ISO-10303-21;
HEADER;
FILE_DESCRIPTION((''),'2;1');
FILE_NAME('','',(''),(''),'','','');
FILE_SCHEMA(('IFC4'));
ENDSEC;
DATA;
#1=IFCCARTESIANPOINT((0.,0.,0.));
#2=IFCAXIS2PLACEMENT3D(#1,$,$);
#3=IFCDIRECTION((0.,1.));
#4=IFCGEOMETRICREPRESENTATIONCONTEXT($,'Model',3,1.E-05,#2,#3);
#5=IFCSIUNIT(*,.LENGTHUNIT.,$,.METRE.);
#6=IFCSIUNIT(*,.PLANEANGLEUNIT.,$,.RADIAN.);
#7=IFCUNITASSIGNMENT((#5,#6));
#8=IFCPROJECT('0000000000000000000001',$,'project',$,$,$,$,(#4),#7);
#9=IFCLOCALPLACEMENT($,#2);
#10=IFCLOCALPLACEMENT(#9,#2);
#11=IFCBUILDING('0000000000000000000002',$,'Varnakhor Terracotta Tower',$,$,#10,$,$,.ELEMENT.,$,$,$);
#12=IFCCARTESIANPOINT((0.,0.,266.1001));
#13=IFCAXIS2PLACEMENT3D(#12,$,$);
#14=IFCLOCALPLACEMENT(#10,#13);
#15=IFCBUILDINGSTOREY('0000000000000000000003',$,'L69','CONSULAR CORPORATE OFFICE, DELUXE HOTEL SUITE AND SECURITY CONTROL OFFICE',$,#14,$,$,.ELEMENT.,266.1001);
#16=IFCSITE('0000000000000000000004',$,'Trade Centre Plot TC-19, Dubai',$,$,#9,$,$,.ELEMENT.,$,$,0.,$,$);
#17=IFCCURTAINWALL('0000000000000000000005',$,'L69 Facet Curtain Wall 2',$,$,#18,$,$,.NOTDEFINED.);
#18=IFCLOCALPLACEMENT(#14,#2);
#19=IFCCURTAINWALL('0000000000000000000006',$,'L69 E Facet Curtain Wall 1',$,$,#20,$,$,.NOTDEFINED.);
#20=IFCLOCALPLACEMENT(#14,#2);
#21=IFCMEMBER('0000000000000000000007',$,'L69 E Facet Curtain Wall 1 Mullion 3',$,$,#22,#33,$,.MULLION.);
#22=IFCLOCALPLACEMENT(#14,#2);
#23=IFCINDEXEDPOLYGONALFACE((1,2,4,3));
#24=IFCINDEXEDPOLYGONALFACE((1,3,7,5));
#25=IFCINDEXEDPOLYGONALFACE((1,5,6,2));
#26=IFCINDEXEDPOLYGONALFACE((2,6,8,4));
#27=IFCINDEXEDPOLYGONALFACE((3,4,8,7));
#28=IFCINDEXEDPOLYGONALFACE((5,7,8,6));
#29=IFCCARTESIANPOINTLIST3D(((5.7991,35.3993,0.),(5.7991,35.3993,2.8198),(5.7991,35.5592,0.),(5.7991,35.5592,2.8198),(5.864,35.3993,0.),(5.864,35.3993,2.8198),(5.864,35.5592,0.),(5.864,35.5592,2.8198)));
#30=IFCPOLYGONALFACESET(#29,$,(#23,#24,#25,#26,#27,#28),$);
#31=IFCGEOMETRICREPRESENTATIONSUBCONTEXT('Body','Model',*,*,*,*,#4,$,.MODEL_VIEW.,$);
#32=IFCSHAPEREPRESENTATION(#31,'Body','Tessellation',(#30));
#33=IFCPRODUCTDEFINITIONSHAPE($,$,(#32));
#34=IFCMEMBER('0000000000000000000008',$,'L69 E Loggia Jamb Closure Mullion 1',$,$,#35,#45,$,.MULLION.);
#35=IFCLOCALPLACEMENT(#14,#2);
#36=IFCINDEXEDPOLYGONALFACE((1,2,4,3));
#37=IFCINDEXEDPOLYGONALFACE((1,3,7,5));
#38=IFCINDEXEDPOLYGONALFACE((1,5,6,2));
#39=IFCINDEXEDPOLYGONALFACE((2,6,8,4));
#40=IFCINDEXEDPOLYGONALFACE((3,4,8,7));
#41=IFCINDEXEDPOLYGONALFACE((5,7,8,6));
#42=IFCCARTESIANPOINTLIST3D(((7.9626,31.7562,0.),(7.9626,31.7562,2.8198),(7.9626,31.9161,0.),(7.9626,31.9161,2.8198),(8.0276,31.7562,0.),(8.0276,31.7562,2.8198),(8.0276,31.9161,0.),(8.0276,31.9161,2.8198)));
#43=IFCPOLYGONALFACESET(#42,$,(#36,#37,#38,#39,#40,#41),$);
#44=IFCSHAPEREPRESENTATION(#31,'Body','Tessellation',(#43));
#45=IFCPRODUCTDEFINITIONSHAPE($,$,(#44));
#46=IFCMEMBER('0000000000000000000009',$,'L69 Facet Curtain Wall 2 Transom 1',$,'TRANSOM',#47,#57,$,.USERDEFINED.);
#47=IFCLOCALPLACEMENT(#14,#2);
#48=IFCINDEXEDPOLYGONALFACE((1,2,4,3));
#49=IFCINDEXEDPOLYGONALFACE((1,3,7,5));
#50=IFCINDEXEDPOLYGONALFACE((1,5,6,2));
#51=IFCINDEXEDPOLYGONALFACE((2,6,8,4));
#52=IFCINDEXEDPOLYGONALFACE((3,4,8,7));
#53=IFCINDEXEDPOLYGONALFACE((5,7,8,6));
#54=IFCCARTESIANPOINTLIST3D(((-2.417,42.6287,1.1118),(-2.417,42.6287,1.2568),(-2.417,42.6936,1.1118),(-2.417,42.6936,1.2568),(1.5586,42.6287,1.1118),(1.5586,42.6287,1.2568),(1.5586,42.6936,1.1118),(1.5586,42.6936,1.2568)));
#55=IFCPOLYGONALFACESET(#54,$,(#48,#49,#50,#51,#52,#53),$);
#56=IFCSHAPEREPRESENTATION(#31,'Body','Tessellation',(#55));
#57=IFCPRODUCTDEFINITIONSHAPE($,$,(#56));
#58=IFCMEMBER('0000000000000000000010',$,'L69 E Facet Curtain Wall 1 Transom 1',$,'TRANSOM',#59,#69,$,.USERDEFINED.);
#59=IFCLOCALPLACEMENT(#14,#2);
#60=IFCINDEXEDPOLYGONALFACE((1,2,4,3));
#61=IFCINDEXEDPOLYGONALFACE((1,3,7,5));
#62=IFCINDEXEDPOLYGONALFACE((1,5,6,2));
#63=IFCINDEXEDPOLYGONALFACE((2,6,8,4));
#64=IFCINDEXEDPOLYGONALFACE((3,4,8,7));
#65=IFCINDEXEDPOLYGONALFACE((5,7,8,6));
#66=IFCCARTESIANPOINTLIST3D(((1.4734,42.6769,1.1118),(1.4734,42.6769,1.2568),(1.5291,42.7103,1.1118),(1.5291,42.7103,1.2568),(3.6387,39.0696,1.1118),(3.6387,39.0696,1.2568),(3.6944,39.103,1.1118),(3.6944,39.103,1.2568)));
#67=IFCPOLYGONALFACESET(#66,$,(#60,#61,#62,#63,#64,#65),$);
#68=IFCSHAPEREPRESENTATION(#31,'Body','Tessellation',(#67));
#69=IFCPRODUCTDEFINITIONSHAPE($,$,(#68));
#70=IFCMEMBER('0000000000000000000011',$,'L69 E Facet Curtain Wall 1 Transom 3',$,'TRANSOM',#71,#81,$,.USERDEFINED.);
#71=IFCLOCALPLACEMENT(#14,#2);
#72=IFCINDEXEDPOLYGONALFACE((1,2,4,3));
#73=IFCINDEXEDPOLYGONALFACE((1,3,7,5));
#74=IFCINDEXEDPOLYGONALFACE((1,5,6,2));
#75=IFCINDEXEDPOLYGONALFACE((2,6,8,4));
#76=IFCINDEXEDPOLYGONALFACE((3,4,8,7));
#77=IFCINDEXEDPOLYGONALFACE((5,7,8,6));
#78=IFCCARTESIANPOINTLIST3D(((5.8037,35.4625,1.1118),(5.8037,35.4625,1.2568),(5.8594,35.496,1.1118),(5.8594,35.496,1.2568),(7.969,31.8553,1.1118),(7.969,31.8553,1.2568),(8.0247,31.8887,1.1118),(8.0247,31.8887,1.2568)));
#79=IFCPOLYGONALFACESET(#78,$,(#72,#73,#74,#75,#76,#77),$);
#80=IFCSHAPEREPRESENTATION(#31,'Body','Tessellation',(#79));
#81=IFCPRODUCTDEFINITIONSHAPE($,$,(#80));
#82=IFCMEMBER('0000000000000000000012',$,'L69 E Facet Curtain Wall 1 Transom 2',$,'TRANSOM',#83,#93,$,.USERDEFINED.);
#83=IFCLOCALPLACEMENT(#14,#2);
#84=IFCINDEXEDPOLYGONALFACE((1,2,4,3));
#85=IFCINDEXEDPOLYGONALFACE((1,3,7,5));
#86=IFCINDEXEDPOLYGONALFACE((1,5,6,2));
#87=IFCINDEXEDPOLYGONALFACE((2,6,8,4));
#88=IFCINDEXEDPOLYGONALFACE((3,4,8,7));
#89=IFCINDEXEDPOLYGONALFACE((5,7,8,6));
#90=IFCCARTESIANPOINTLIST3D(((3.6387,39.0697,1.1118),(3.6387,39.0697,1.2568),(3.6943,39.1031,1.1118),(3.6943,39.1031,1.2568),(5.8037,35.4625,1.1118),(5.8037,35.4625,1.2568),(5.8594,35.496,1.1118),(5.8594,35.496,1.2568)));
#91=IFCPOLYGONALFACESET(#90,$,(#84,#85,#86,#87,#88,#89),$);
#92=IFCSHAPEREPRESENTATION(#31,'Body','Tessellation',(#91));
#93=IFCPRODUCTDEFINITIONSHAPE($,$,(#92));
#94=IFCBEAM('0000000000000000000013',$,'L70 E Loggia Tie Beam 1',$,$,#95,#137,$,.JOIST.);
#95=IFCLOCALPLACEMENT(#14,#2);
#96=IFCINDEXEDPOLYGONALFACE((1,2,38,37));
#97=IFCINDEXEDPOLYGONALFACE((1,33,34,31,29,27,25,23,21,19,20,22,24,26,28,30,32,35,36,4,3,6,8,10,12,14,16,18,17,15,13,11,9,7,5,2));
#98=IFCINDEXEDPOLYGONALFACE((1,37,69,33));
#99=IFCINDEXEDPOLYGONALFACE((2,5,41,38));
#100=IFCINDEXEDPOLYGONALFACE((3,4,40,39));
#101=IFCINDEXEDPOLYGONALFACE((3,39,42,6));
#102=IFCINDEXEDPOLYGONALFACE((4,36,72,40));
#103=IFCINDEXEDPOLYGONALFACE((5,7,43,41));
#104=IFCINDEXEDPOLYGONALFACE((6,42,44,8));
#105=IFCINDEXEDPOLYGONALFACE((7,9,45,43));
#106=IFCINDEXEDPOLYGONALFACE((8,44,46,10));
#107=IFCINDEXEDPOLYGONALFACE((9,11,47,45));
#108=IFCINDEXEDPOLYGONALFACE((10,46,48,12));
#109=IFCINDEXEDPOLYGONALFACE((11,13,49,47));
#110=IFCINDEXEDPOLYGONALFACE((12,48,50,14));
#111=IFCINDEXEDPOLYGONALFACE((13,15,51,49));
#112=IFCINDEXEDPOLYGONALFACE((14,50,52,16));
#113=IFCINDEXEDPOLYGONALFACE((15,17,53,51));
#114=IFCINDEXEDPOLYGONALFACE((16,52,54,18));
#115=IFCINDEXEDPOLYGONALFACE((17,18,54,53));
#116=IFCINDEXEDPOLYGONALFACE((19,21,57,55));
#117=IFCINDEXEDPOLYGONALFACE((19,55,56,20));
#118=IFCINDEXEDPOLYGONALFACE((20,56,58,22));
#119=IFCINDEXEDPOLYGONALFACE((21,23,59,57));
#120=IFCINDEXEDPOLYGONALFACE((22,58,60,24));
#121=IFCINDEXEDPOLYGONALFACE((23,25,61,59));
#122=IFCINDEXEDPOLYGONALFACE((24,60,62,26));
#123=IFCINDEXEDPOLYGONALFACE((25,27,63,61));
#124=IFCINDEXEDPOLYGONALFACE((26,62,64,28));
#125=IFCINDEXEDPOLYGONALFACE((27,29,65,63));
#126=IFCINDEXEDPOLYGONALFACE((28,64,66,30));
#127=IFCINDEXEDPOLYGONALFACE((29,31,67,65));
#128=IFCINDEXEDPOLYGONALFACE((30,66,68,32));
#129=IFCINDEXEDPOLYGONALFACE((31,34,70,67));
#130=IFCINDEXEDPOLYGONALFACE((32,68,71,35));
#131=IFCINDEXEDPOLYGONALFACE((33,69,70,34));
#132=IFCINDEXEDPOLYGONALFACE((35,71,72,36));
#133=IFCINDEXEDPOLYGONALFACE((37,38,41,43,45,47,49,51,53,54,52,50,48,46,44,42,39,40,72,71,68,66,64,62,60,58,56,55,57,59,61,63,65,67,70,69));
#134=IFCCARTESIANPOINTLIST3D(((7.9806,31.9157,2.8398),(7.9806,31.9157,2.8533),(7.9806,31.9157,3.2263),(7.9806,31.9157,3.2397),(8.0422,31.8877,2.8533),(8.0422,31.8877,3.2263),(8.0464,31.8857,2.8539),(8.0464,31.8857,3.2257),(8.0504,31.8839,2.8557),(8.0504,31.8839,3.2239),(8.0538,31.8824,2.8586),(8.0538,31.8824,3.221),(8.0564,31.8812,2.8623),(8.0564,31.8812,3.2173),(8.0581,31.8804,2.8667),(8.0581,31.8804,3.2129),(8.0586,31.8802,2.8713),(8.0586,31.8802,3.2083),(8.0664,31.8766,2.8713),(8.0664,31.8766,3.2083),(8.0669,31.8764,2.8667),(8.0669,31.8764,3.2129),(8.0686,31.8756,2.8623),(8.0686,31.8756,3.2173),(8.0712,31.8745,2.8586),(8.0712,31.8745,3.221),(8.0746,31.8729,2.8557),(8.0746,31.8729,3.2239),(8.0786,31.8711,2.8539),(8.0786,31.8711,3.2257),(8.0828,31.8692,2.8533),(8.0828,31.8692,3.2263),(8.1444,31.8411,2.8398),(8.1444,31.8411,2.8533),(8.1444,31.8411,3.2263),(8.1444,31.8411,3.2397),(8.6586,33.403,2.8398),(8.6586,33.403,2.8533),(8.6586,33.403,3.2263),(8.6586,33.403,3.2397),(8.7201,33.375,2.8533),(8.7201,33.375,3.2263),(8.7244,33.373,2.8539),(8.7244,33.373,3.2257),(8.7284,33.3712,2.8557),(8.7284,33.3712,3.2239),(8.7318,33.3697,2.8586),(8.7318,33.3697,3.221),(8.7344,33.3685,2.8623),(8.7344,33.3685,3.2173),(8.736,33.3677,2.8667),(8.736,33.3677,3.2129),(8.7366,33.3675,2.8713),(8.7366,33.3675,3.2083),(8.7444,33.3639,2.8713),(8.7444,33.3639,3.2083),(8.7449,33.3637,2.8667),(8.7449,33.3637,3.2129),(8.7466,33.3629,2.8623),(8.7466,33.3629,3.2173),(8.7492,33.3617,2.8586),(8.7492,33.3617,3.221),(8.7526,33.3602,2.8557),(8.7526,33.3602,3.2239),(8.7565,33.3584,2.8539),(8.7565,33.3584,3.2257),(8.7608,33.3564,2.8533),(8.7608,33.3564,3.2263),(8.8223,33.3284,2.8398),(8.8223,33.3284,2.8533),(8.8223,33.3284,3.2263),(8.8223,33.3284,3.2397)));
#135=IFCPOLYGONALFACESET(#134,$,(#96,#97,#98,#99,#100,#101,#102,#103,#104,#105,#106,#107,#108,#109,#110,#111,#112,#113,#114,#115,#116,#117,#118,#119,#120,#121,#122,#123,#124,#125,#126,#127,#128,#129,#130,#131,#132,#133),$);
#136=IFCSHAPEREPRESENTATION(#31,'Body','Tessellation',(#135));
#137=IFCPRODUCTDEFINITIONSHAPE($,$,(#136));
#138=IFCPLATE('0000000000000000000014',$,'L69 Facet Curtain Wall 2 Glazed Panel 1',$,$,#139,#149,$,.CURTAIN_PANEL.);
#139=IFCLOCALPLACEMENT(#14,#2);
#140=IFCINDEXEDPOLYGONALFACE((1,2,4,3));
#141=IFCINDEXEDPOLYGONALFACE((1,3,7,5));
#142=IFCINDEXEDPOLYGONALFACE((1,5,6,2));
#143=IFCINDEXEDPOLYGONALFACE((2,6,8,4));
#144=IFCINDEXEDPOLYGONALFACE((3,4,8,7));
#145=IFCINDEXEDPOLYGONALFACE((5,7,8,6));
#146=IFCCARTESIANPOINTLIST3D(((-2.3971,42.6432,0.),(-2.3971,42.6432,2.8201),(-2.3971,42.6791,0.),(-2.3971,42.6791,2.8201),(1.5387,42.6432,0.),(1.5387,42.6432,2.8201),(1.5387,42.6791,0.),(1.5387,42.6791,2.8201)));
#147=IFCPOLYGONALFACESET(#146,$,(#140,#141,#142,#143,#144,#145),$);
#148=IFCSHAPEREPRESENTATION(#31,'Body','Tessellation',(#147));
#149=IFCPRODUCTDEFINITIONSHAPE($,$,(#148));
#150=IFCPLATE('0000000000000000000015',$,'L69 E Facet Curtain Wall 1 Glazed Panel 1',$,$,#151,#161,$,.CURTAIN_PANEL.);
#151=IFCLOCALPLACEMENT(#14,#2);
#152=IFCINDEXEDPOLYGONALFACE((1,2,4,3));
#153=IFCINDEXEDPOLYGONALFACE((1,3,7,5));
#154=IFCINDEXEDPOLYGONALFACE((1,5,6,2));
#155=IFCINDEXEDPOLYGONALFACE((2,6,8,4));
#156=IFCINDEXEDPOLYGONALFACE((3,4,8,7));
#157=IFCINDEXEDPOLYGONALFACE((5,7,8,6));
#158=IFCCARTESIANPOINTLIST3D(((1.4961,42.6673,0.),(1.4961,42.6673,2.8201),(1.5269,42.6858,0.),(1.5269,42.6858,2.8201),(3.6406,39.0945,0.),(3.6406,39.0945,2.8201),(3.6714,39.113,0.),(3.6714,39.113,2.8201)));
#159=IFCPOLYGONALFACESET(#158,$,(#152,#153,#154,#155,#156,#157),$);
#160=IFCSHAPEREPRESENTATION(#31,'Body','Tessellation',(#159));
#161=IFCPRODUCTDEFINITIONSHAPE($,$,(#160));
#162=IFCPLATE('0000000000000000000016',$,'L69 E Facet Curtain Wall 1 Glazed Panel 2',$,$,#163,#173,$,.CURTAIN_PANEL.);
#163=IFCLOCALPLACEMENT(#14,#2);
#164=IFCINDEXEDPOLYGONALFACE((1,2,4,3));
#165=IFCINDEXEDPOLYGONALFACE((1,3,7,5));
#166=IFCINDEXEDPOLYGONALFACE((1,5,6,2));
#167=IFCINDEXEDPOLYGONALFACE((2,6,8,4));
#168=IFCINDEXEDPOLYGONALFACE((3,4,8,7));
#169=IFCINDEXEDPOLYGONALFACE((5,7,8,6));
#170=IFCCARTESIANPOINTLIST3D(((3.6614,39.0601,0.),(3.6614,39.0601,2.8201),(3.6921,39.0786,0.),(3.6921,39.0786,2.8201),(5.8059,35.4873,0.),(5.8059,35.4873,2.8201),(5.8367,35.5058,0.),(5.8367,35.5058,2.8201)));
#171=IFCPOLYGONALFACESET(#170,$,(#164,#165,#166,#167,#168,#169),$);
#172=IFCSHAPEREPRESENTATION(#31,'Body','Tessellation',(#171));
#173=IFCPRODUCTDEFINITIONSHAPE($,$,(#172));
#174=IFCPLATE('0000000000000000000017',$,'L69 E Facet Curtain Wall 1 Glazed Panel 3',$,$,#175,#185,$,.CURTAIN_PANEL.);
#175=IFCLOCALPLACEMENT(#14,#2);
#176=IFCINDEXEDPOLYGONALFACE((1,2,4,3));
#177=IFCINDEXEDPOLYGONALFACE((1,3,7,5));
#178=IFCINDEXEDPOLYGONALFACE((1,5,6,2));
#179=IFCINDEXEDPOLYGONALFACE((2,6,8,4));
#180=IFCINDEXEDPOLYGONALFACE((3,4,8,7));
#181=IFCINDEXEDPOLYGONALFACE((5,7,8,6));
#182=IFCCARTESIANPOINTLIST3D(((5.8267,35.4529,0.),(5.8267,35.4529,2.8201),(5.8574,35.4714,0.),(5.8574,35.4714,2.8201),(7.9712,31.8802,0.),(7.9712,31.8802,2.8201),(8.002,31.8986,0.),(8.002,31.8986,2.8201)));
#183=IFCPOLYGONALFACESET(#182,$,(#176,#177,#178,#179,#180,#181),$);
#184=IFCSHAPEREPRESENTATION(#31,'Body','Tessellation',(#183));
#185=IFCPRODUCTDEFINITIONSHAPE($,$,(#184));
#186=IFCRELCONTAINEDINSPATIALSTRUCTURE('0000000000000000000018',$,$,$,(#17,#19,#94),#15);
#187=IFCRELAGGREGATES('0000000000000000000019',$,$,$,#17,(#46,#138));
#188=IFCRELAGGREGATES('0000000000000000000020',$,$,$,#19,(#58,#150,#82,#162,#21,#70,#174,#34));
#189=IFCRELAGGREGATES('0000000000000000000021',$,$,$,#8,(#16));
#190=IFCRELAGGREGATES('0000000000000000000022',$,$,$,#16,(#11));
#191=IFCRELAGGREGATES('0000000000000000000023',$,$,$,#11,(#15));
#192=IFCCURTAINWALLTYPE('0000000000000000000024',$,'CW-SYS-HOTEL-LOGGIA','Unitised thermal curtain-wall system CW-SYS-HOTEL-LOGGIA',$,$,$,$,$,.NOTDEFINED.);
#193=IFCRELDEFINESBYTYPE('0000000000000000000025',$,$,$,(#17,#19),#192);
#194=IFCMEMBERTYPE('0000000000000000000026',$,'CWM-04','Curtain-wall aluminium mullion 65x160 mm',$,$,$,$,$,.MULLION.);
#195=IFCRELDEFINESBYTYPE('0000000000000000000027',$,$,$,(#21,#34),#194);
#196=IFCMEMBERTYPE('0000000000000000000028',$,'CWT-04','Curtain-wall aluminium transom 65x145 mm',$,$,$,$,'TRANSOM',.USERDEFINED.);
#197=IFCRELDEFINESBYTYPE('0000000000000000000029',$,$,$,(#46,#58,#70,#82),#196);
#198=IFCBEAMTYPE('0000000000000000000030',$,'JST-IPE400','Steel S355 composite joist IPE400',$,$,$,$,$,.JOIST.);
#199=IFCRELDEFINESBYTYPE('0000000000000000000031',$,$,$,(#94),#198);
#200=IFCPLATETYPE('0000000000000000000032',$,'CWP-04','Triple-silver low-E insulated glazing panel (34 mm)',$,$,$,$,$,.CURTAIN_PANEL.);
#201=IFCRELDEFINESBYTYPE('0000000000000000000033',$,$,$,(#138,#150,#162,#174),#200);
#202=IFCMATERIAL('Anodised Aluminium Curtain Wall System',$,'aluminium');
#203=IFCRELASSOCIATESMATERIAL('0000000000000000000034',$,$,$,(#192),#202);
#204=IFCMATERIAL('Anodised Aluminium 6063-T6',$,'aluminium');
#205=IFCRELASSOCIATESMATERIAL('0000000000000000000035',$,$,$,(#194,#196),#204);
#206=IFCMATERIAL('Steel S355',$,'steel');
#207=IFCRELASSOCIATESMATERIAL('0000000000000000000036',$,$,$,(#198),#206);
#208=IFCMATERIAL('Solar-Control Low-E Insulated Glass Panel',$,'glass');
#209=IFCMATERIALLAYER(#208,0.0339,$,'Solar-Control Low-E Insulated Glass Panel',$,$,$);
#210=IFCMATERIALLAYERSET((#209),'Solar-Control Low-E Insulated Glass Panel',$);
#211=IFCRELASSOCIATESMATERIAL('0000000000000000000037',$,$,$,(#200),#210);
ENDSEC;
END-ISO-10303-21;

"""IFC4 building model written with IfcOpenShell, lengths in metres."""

from ifc_helpers import new_model, si_unit, direction, frame, origin, origin_2d, place, context, subcontext, project, spatial, rectangle, i_section, extrude, source, transform, mapped, material, layer, layer_set, material_profile, profile_set, type_object, element, aggregate, save


model = new_model("IFC4")

# Units and contexts
model_context = context("Model", 3, precision=1e-05, world=origin(), true_north=direction((0.0, 1.0)))
body_context = subcontext(model_context, "Body", "Model", "MODEL_VIEW")
ifc_project = project(units=[si_unit("LENGTHUNIT", "METRE"), si_unit("PLANEANGLEUNIT", "RADIAN")], contexts=[model_context])

# Site, building, storey
site_placement = place(None, origin())
site = spatial("IfcSite", under=ifc_project, at=site_placement, Name="Trade Centre Plot TC-19, Dubai", CompositionType="ELEMENT", RefElevation=0.0)
building_placement = place(site_placement, origin())
building = spatial("IfcBuilding", under=site, at=building_placement, Name="Varnakhor Terracotta Tower", CompositionType="ELEMENT")
storey_placement = place(building_placement, frame((0.0, 0.0, 266.1001)))
storey = spatial("IfcBuildingStorey", under=building, at=storey_placement, Name="L69", Description="CONSULAR CORPORATE OFFICE, DELUXE HOTEL SUITE AND SECURITY CONTROL OFFICE", CompositionType="ELEMENT", Elevation=266.1001)

# Shared definitions
ifc_material_1 = material(Name="Steel S355", Category="steel")

# Curtain wall
ifc_material_2 = material(Name="Anodised Aluminium Curtain Wall System", Category="aluminium")
curtain_wall_type = type_object("IfcCurtainWallType", Name="CW-SYS-HOTEL-LOGGIA", Description="Unitised thermal curtain-wall system CW-SYS-HOTEL-LOGGIA", PredefinedType="NOTDEFINED", material=ifc_material_2)
curtain_wall_1_placement = place(storey_placement, origin())
curtain_wall_1 = element("IfcCurtainWall", 1, at=curtain_wall_1_placement, inside=storey, type_object=curtain_wall_type, Name="L69 Facet Curtain Wall 2", PredefinedType="NOTDEFINED")
ifc_material_3 = material(Name="Anodised Aluminium 6063-T6", Category="aluminium")
ifc_material_profile_1 = material_profile(ifc_material_3, rectangle(XDim=0.0649, YDim=0.1599, at=origin_2d()), Name="ALU MULLION 65x160")
ifc_profile_set_1 = profile_set([ifc_material_profile_1], Name="Anodised Aluminium 6063-T6")
member_type_1 = type_object("IfcMemberType", Name="CWM-04", Description="Curtain-wall aluminium mullion 65x160 mm", PredefinedType="MULLION", material=ifc_profile_set_1)
shared_shape_1 = source(origin(), body_context, "Body", "SweptSolid", [
    extrude(rectangle(XDim=0.0649, YDim=0.1599, at=origin_2d()), origin(), (0.0, 0.0, 1.0), 2.8198),
])

# Curtain wall, members
curtain_wall_2_placement = place(storey_placement, origin())
curtain_wall_2 = element("IfcCurtainWall", 2, at=curtain_wall_2_placement, inside=storey, type_object=curtain_wall_type, Name="L69 E Facet Curtain Wall 1", PredefinedType="NOTDEFINED")
member_1_placement = place(storey_placement, frame((5.8315, 35.4792, 0.0), z_axis=(0.0, 0.0, 1.0), x_axis=(1.0, 0.0, 0.0)))
member_1 = element("IfcMember", 3, at=member_1_placement, type_object=member_type_1, Name="L69 E Facet Curtain Wall 1 Mullion 3", PredefinedType="MULLION", context=body_context, shape_type="MappedRepresentation", body=[
    mapped(shared_shape_1, transform((0.0, 0.0, 0.0), scale=1.0)),
])
member_2_placement = place(storey_placement, frame((7.9951, 31.8362, 0.0), z_axis=(0.0, 0.0, 1.0), x_axis=(1.0, 0.0, 0.0)))
member_2 = element("IfcMember", 4, at=member_2_placement, type_object=member_type_1, Name="L69 E Loggia Jamb Closure Mullion 1", PredefinedType="MULLION", context=body_context, shape_type="MappedRepresentation", body=[
    mapped(shared_shape_1, transform((0.0, 0.0, 0.0), scale=1.0)),
])

# Members
ifc_material_profile_2 = material_profile(ifc_material_3, rectangle(XDim=0.0649, YDim=0.145, at=origin_2d()), Name="ALU TRANSOM 65x145")
ifc_profile_set_2 = profile_set([ifc_material_profile_2], Name="Anodised Aluminium 6063-T6")
member_type_2 = type_object("IfcMemberType", Name="CWT-04", Description="Curtain-wall aluminium transom 65x145 mm", ElementType="TRANSOM", PredefinedType="USERDEFINED", material=ifc_profile_set_2)
shared_shape_2 = source(origin(), body_context, "Body", "SweptSolid", [
    extrude(rectangle(XDim=0.0649, YDim=0.145, at=origin_2d()), origin(), (0.0, 0.0, 1.0), 3.9756),
])
member_3_placement = place(storey_placement, frame((-2.417, 42.6611, 1.1843), z_axis=(1.0, 0.0, 0.0), x_axis=(0.0, 1.0, 0.0)))
member_3 = element("IfcMember", 5, at=member_3_placement, type_object=member_type_2, Name="L69 Facet Curtain Wall 2 Transom 1", ObjectType="TRANSOM", PredefinedType="USERDEFINED", context=body_context, shape_type="MappedRepresentation", body=[
    mapped(shared_shape_2, transform((0.0, 0.0, 0.0), scale=1.0)),
])
shared_shape_3 = source(origin(), body_context, "Body", "SweptSolid", [
    extrude(rectangle(XDim=0.0649, YDim=0.145, at=origin_2d()), origin(), (0.0, 0.0, 1.0), 4.2073),
])
member_4_placement = place(storey_placement, frame((1.5012, 42.6936, 1.1843), z_axis=(0.514666, -0.857391, 0.0), x_axis=(0.857391, 0.514666, 0.0)))
member_4 = element("IfcMember", 6, at=member_4_placement, type_object=member_type_2, Name="L69 E Facet Curtain Wall 1 Transom 1", ObjectType="TRANSOM", PredefinedType="USERDEFINED", context=body_context, shape_type="MappedRepresentation", body=[
    mapped(shared_shape_3, transform((0.0, 0.0, 0.0), scale=1.0)),
])
member_5_placement = place(storey_placement, frame((5.8315, 35.4792, 1.1843), z_axis=(0.514666, -0.857391, 0.0), x_axis=(0.857391, 0.514666, 0.0)))
member_5 = element("IfcMember", 7, at=member_5_placement, type_object=member_type_2, Name="L69 E Facet Curtain Wall 1 Transom 3", ObjectType="TRANSOM", PredefinedType="USERDEFINED", context=body_context, shape_type="MappedRepresentation", body=[
    mapped(shared_shape_3, transform((0.0, 0.0, 0.0), scale=1.0)),
])
shared_shape_4 = source(origin(), body_context, "Body", "SweptSolid", [
    extrude(rectangle(XDim=0.0649, YDim=0.145, at=origin_2d()), origin(), (0.0, 0.0, 1.0), 4.207),
])
member_6_placement = place(storey_placement, frame((3.6665, 39.0864, 1.1843), z_axis=(0.514624, -0.857416, 0.0), x_axis=(0.857416, 0.514624, 0.0)))
member_6 = element("IfcMember", 8, at=member_6_placement, type_object=member_type_2, Name="L69 E Facet Curtain Wall 1 Transom 2", ObjectType="TRANSOM", PredefinedType="USERDEFINED", context=body_context, shape_type="MappedRepresentation", body=[
    mapped(shared_shape_4, transform((0.0, 0.0, 0.0), scale=1.0)),
])

# Beam
ifc_material_profile_3 = material_profile(ifc_material_1, i_section(OverallWidth=0.1799, OverallDepth=0.3999, WebThickness=0.0085, FlangeThickness=0.0134, FilletRadius=0.0181, at=origin_2d()), Name="IPE400")
ifc_profile_set_3 = profile_set([ifc_material_profile_3], Name="Steel S355")
beam_type_1 = type_object("IfcBeamType", Name="JST-IPE400", Description="Steel S355 composite joist IPE400", PredefinedType="JOIST", material=ifc_profile_set_3)
shared_shape_5 = source(origin(), body_context, "Body", "SweptSolid", [
    extrude(i_section(OverallWidth=0.1799, OverallDepth=0.3999, WebThickness=0.0085, FlangeThickness=0.0134, FilletRadius=0.0181, at=origin_2d()), origin(), (0.0, 0.0, 1.0), 1.6345),
])
beam_1_placement = place(storey_placement, frame((8.0625, 31.8784, 3.0398), z_axis=(0.414782, 0.909921, 0.0), x_axis=(-0.909921, 0.414782, 0.0)))
element("IfcBeam", 9, at=beam_1_placement, inside=storey, type_object=beam_type_1, Name="L70 E Loggia Tie Beam 1", PredefinedType="JOIST", context=body_context, shape_type="MappedRepresentation", body=[
    mapped(shared_shape_5, transform((0.0, 0.0, 0.0), scale=1.0)),
])

# Plates
ifc_material_4 = material(Name="Solar-Control Low-E Insulated Glass Panel", Category="glass")
ifc_layer_1 = layer(ifc_material_4, 0.0339, Name="Solar-Control Low-E Insulated Glass Panel")
ifc_layer_set_1 = layer_set([ifc_layer_1], Name="Solar-Control Low-E Insulated Glass Panel")
plate_type = type_object("IfcPlateType", Name="CWP-04", Description="Triple-silver low-E insulated glazing panel (34 mm)", PredefinedType="CURTAIN_PANEL", material=ifc_layer_set_1)
shared_shape_6 = source(origin(), body_context, "Body", "SweptSolid", [
    extrude(rectangle(XDim=3.9358, YDim=0.0359, at=origin_2d()), origin(), (0.0, 0.0, 1.0), 2.8201),
])
plate_1_placement = place(storey_placement, frame((-0.4292, 42.6611, 0.0), z_axis=(0.0, 0.0, 1.0), x_axis=(1.0, 0.0, 0.0)))
plate_1 = element("IfcPlate", 10, at=plate_1_placement, type_object=plate_type, Name="L69 Facet Curtain Wall 2 Glazed Panel 1", PredefinedType="CURTAIN_PANEL", context=body_context, shape_type="MappedRepresentation", body=[
    mapped(shared_shape_6, transform((0.0, 0.0, 0.0), scale=1.0)),
])
aggregate(curtain_wall_1, [member_3, plate_1])
shared_shape_7 = source(origin(), body_context, "Body", "SweptSolid", [
    extrude(rectangle(XDim=4.167, YDim=0.0359, at=origin_2d()), origin(), (0.0, 0.0, 1.0), 2.8201),
])
plate_2_placement = place(storey_placement, frame((2.5837, 40.8901, 0.0), z_axis=(0.0, 0.0, 1.0), x_axis=(0.514649, -0.857401, 0.0)))
plate_2 = element("IfcPlate", 11, at=plate_2_placement, type_object=plate_type, Name="L69 E Facet Curtain Wall 1 Glazed Panel 1", PredefinedType="CURTAIN_PANEL", context=body_context, shape_type="MappedRepresentation", body=[
    mapped(shared_shape_7, transform((0.0, 0.0, 0.0), scale=1.0)),
])
plate_3_placement = place(storey_placement, frame((4.749, 37.283, 0.0), z_axis=(0.0, 0.0, 1.0), x_axis=(0.514649, -0.857401, 0.0)))
plate_3 = element("IfcPlate", 12, at=plate_3_placement, type_object=plate_type, Name="L69 E Facet Curtain Wall 1 Glazed Panel 2", PredefinedType="CURTAIN_PANEL", context=body_context, shape_type="MappedRepresentation", body=[
    mapped(shared_shape_7, transform((0.0, 0.0, 0.0), scale=1.0)),
])
plate_4_placement = place(storey_placement, frame((6.9143, 33.6758, 0.0), z_axis=(0.0, 0.0, 1.0), x_axis=(0.514649, -0.857401, 0.0)))
plate_4 = element("IfcPlate", 13, at=plate_4_placement, type_object=plate_type, Name="L69 E Facet Curtain Wall 1 Glazed Panel 3", PredefinedType="CURTAIN_PANEL", context=body_context, shape_type="MappedRepresentation", body=[
    mapped(shared_shape_7, transform((0.0, 0.0, 0.0), scale=1.0)),
])
aggregate(curtain_wall_2, [member_4, plate_2, member_6, plate_3, member_1, member_5, plate_4, member_2])

save(model, "model.ifc")
